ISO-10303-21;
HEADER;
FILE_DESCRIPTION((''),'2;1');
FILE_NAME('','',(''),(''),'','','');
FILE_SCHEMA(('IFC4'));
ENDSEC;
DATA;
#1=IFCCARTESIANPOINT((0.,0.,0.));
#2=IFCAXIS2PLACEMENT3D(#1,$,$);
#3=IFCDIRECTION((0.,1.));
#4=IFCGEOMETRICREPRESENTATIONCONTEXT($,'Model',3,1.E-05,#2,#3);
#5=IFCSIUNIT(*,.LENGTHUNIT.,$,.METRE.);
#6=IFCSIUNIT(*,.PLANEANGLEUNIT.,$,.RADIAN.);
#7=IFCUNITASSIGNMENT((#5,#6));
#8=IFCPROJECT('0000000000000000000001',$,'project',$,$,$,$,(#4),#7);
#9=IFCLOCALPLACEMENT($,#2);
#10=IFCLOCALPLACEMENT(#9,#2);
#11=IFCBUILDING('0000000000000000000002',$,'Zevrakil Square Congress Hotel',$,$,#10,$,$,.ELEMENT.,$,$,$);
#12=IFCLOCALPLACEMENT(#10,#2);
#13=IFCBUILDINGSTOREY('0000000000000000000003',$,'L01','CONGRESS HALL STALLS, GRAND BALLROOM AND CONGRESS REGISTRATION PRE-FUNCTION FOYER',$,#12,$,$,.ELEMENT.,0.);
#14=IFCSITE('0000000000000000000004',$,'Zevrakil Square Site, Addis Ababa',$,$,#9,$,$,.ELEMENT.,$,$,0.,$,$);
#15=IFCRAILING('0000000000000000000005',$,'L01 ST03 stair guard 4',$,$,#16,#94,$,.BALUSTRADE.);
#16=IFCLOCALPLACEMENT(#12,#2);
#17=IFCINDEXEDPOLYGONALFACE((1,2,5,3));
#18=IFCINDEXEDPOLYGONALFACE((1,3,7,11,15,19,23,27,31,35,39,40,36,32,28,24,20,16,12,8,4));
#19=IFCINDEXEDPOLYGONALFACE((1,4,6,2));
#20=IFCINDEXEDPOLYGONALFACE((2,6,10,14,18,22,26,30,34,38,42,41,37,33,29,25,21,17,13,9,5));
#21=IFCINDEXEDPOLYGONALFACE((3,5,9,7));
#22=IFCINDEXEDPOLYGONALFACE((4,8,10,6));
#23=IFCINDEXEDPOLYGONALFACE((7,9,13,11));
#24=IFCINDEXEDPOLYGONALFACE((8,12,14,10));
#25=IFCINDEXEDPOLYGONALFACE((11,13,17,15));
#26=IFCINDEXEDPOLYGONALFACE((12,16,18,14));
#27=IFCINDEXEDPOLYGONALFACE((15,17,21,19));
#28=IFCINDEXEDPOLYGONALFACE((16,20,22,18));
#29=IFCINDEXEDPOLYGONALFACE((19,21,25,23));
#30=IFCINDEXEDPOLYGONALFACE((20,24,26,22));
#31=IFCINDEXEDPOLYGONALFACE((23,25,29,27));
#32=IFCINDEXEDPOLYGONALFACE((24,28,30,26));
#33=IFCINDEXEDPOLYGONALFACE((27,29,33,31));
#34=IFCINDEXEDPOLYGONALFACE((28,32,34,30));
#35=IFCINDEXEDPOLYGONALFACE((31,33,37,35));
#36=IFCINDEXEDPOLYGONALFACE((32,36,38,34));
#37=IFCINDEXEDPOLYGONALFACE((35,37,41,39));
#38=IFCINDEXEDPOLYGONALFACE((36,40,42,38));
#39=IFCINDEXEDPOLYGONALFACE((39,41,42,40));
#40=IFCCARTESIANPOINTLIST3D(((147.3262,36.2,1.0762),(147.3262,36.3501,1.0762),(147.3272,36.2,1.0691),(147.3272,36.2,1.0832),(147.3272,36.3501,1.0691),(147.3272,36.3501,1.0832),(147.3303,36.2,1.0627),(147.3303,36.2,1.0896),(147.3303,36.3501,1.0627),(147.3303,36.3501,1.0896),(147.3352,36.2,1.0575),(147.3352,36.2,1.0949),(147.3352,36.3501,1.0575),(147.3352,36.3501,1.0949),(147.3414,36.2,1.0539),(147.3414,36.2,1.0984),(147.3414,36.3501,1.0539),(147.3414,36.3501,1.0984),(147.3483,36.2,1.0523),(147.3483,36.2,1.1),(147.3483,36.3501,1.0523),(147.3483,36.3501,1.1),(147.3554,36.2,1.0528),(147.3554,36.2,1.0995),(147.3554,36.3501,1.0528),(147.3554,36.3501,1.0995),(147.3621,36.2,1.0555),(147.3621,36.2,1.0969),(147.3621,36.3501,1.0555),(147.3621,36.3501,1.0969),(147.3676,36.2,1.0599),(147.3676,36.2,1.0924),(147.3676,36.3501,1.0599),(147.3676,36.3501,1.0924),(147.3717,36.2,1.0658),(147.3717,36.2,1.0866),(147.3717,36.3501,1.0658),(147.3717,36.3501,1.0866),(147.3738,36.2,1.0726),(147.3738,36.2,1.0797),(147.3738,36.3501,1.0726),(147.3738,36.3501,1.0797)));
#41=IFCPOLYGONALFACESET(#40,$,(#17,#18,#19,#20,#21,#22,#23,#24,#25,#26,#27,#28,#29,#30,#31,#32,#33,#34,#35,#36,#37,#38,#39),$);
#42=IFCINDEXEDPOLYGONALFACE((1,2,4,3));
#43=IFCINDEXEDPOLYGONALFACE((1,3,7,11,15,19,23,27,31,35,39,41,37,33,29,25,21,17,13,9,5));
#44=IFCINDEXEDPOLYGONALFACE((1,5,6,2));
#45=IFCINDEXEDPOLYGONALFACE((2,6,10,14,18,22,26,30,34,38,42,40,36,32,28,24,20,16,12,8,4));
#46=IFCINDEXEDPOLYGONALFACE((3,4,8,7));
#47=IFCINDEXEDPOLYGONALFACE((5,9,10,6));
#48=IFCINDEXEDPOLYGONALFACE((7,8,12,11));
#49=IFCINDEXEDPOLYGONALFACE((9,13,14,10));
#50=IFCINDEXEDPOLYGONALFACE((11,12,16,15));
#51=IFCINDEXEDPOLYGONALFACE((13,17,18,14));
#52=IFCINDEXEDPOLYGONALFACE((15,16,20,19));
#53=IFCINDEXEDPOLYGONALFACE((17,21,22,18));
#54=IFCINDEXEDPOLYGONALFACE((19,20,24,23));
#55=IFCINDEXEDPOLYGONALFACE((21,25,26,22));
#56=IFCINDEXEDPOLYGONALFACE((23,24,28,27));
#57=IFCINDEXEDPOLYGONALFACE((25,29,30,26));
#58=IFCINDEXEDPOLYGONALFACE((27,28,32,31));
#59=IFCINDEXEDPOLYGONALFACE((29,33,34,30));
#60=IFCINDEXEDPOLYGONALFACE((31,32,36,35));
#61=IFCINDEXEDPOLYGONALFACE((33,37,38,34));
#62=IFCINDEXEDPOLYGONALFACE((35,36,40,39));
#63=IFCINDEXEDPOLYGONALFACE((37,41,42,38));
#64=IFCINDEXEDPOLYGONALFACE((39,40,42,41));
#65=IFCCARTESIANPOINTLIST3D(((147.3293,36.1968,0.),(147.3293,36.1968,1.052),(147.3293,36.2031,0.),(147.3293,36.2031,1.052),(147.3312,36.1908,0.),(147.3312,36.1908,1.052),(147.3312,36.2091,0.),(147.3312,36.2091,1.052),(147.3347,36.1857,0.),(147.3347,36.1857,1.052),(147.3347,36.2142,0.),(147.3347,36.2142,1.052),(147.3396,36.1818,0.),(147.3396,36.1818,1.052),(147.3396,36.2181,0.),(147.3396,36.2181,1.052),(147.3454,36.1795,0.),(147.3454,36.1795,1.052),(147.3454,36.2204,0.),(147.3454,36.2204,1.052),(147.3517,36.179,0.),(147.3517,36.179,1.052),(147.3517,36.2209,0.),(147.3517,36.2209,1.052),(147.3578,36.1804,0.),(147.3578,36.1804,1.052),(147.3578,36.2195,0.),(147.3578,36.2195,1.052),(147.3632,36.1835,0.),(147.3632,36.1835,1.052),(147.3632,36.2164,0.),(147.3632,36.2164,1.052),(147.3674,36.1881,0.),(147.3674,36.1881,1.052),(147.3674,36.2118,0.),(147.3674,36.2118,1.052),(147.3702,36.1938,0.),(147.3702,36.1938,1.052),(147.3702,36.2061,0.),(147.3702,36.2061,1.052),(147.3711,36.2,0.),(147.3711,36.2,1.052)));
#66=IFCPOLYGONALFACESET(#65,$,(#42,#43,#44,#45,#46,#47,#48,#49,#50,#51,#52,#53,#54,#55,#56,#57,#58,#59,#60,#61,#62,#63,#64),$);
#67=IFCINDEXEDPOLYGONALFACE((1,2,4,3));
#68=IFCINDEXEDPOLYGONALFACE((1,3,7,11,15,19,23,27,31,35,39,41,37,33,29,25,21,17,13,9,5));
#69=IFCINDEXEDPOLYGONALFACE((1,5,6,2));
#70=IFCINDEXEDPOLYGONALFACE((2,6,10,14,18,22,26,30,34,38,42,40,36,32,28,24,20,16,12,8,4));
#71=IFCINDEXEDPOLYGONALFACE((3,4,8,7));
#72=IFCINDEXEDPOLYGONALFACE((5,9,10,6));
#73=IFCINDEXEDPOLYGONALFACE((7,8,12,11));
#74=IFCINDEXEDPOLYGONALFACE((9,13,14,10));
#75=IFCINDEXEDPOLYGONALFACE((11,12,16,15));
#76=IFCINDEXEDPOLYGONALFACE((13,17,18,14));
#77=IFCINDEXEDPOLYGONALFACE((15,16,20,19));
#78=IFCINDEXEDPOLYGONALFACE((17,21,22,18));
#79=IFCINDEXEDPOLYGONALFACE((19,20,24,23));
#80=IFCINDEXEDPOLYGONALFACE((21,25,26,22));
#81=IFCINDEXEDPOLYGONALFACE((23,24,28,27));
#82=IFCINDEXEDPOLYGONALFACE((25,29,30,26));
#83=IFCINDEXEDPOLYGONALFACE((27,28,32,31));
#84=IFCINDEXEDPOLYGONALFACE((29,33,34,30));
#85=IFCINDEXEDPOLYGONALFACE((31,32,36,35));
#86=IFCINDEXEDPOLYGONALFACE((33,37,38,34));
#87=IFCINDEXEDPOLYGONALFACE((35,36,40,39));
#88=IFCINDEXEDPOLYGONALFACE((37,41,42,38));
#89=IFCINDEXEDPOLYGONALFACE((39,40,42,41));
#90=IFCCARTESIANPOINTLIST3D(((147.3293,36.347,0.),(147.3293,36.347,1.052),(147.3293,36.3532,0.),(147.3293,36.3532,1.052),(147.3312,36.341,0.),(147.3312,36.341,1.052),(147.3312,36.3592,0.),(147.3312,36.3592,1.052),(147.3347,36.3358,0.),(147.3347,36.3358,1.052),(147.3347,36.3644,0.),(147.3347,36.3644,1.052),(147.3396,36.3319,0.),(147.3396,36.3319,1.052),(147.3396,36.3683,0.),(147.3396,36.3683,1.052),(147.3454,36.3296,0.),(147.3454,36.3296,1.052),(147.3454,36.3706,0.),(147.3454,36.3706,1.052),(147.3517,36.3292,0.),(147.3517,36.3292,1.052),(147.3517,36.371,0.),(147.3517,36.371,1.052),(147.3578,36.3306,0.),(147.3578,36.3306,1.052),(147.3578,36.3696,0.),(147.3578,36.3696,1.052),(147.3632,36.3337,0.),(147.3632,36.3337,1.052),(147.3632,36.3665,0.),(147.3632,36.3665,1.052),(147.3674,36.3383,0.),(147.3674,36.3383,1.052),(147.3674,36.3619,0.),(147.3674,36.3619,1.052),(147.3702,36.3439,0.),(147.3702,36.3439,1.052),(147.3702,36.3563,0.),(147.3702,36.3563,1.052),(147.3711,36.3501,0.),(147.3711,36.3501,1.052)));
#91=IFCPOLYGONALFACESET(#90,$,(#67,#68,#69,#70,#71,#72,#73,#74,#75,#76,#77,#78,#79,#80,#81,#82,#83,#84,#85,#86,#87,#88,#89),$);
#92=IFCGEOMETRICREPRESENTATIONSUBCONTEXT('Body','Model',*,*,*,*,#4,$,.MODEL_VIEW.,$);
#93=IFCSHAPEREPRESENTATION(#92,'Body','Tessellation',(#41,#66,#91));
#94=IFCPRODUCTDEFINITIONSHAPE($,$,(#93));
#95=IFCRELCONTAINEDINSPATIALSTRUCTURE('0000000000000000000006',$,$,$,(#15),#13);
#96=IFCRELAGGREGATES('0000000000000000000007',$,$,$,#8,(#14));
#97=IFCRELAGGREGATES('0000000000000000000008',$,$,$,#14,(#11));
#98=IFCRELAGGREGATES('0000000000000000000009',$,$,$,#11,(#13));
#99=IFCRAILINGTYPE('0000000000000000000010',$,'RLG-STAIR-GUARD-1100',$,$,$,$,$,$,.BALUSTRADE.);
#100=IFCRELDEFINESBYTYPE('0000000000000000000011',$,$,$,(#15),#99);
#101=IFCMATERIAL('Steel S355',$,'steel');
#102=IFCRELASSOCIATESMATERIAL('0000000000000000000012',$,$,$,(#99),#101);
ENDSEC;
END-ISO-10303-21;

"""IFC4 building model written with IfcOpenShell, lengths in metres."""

from ifc_helpers import new_model, si_unit, direction, frame, origin, origin_2d, place, context, subcontext, project, spatial, circle, extrude, material, type_object, element, save


model = new_model("IFC4")

# Units and contexts
model_context = context("Model", 3, precision=1e-05, world=origin(), true_north=direction((0.0, 1.0)))
body_context = subcontext(model_context, "Body", "Model", "MODEL_VIEW")
ifc_project = project(units=[si_unit("LENGTHUNIT", "METRE"), si_unit("PLANEANGLEUNIT", "RADIAN")], contexts=[model_context])

# Site, building, storey
site_placement = place(None, origin())
site = spatial("IfcSite", under=ifc_project, at=site_placement, Name="Zevrakil Square Site, Addis Ababa", CompositionType="ELEMENT", RefElevation=0.0)
building_placement = place(site_placement, origin())
building = spatial("IfcBuilding", under=site, at=building_placement, Name="Zevrakil Square Congress Hotel", CompositionType="ELEMENT")
storey_placement = place(building_placement, origin())
storey = spatial("IfcBuildingStorey", under=building, at=storey_placement, Name="L01", Description="CONGRESS HALL STALLS, GRAND BALLROOM AND CONGRESS REGISTRATION PRE-FUNCTION FOYER", CompositionType="ELEMENT", Elevation=0.0)

# Railing
ifc_material_1 = material(Name="Steel S355", Category="steel")
railing_type_1 = type_object("IfcRailingType", Name="RLG-STAIR-GUARD-1100", PredefinedType="BALUSTRADE", material=ifc_material_1)
railing_1_placement = place(storey_placement, frame((147.3501, 36.2, 0.0)))
element("IfcRailing", 1, at=railing_1_placement, inside=storey, type_object=railing_type_1, Name="L01 ST03 stair guard 4", PredefinedType="BALUSTRADE", context=body_context, shape_type="SweptSolid", body=[
    extrude(circle(Radius=0.0239, at=origin_2d()), frame((0.0, 0.0, 1.0762), z_axis=(0.0, 1.0, 0.0), x_axis=(-1.0, 0.0, 0.0)), (0.0, 0.0, 1.0), 0.1501),
    extrude(circle(Radius=0.021, at=origin_2d()), origin(), (0.0, 0.0, 1.0), 1.052),
    extrude(circle(Radius=0.021, at=origin_2d()), frame((0.0, 0.1501, 0.0)), (0.0, 0.0, 1.0), 1.052),
])

save(model, "model.ifc")
